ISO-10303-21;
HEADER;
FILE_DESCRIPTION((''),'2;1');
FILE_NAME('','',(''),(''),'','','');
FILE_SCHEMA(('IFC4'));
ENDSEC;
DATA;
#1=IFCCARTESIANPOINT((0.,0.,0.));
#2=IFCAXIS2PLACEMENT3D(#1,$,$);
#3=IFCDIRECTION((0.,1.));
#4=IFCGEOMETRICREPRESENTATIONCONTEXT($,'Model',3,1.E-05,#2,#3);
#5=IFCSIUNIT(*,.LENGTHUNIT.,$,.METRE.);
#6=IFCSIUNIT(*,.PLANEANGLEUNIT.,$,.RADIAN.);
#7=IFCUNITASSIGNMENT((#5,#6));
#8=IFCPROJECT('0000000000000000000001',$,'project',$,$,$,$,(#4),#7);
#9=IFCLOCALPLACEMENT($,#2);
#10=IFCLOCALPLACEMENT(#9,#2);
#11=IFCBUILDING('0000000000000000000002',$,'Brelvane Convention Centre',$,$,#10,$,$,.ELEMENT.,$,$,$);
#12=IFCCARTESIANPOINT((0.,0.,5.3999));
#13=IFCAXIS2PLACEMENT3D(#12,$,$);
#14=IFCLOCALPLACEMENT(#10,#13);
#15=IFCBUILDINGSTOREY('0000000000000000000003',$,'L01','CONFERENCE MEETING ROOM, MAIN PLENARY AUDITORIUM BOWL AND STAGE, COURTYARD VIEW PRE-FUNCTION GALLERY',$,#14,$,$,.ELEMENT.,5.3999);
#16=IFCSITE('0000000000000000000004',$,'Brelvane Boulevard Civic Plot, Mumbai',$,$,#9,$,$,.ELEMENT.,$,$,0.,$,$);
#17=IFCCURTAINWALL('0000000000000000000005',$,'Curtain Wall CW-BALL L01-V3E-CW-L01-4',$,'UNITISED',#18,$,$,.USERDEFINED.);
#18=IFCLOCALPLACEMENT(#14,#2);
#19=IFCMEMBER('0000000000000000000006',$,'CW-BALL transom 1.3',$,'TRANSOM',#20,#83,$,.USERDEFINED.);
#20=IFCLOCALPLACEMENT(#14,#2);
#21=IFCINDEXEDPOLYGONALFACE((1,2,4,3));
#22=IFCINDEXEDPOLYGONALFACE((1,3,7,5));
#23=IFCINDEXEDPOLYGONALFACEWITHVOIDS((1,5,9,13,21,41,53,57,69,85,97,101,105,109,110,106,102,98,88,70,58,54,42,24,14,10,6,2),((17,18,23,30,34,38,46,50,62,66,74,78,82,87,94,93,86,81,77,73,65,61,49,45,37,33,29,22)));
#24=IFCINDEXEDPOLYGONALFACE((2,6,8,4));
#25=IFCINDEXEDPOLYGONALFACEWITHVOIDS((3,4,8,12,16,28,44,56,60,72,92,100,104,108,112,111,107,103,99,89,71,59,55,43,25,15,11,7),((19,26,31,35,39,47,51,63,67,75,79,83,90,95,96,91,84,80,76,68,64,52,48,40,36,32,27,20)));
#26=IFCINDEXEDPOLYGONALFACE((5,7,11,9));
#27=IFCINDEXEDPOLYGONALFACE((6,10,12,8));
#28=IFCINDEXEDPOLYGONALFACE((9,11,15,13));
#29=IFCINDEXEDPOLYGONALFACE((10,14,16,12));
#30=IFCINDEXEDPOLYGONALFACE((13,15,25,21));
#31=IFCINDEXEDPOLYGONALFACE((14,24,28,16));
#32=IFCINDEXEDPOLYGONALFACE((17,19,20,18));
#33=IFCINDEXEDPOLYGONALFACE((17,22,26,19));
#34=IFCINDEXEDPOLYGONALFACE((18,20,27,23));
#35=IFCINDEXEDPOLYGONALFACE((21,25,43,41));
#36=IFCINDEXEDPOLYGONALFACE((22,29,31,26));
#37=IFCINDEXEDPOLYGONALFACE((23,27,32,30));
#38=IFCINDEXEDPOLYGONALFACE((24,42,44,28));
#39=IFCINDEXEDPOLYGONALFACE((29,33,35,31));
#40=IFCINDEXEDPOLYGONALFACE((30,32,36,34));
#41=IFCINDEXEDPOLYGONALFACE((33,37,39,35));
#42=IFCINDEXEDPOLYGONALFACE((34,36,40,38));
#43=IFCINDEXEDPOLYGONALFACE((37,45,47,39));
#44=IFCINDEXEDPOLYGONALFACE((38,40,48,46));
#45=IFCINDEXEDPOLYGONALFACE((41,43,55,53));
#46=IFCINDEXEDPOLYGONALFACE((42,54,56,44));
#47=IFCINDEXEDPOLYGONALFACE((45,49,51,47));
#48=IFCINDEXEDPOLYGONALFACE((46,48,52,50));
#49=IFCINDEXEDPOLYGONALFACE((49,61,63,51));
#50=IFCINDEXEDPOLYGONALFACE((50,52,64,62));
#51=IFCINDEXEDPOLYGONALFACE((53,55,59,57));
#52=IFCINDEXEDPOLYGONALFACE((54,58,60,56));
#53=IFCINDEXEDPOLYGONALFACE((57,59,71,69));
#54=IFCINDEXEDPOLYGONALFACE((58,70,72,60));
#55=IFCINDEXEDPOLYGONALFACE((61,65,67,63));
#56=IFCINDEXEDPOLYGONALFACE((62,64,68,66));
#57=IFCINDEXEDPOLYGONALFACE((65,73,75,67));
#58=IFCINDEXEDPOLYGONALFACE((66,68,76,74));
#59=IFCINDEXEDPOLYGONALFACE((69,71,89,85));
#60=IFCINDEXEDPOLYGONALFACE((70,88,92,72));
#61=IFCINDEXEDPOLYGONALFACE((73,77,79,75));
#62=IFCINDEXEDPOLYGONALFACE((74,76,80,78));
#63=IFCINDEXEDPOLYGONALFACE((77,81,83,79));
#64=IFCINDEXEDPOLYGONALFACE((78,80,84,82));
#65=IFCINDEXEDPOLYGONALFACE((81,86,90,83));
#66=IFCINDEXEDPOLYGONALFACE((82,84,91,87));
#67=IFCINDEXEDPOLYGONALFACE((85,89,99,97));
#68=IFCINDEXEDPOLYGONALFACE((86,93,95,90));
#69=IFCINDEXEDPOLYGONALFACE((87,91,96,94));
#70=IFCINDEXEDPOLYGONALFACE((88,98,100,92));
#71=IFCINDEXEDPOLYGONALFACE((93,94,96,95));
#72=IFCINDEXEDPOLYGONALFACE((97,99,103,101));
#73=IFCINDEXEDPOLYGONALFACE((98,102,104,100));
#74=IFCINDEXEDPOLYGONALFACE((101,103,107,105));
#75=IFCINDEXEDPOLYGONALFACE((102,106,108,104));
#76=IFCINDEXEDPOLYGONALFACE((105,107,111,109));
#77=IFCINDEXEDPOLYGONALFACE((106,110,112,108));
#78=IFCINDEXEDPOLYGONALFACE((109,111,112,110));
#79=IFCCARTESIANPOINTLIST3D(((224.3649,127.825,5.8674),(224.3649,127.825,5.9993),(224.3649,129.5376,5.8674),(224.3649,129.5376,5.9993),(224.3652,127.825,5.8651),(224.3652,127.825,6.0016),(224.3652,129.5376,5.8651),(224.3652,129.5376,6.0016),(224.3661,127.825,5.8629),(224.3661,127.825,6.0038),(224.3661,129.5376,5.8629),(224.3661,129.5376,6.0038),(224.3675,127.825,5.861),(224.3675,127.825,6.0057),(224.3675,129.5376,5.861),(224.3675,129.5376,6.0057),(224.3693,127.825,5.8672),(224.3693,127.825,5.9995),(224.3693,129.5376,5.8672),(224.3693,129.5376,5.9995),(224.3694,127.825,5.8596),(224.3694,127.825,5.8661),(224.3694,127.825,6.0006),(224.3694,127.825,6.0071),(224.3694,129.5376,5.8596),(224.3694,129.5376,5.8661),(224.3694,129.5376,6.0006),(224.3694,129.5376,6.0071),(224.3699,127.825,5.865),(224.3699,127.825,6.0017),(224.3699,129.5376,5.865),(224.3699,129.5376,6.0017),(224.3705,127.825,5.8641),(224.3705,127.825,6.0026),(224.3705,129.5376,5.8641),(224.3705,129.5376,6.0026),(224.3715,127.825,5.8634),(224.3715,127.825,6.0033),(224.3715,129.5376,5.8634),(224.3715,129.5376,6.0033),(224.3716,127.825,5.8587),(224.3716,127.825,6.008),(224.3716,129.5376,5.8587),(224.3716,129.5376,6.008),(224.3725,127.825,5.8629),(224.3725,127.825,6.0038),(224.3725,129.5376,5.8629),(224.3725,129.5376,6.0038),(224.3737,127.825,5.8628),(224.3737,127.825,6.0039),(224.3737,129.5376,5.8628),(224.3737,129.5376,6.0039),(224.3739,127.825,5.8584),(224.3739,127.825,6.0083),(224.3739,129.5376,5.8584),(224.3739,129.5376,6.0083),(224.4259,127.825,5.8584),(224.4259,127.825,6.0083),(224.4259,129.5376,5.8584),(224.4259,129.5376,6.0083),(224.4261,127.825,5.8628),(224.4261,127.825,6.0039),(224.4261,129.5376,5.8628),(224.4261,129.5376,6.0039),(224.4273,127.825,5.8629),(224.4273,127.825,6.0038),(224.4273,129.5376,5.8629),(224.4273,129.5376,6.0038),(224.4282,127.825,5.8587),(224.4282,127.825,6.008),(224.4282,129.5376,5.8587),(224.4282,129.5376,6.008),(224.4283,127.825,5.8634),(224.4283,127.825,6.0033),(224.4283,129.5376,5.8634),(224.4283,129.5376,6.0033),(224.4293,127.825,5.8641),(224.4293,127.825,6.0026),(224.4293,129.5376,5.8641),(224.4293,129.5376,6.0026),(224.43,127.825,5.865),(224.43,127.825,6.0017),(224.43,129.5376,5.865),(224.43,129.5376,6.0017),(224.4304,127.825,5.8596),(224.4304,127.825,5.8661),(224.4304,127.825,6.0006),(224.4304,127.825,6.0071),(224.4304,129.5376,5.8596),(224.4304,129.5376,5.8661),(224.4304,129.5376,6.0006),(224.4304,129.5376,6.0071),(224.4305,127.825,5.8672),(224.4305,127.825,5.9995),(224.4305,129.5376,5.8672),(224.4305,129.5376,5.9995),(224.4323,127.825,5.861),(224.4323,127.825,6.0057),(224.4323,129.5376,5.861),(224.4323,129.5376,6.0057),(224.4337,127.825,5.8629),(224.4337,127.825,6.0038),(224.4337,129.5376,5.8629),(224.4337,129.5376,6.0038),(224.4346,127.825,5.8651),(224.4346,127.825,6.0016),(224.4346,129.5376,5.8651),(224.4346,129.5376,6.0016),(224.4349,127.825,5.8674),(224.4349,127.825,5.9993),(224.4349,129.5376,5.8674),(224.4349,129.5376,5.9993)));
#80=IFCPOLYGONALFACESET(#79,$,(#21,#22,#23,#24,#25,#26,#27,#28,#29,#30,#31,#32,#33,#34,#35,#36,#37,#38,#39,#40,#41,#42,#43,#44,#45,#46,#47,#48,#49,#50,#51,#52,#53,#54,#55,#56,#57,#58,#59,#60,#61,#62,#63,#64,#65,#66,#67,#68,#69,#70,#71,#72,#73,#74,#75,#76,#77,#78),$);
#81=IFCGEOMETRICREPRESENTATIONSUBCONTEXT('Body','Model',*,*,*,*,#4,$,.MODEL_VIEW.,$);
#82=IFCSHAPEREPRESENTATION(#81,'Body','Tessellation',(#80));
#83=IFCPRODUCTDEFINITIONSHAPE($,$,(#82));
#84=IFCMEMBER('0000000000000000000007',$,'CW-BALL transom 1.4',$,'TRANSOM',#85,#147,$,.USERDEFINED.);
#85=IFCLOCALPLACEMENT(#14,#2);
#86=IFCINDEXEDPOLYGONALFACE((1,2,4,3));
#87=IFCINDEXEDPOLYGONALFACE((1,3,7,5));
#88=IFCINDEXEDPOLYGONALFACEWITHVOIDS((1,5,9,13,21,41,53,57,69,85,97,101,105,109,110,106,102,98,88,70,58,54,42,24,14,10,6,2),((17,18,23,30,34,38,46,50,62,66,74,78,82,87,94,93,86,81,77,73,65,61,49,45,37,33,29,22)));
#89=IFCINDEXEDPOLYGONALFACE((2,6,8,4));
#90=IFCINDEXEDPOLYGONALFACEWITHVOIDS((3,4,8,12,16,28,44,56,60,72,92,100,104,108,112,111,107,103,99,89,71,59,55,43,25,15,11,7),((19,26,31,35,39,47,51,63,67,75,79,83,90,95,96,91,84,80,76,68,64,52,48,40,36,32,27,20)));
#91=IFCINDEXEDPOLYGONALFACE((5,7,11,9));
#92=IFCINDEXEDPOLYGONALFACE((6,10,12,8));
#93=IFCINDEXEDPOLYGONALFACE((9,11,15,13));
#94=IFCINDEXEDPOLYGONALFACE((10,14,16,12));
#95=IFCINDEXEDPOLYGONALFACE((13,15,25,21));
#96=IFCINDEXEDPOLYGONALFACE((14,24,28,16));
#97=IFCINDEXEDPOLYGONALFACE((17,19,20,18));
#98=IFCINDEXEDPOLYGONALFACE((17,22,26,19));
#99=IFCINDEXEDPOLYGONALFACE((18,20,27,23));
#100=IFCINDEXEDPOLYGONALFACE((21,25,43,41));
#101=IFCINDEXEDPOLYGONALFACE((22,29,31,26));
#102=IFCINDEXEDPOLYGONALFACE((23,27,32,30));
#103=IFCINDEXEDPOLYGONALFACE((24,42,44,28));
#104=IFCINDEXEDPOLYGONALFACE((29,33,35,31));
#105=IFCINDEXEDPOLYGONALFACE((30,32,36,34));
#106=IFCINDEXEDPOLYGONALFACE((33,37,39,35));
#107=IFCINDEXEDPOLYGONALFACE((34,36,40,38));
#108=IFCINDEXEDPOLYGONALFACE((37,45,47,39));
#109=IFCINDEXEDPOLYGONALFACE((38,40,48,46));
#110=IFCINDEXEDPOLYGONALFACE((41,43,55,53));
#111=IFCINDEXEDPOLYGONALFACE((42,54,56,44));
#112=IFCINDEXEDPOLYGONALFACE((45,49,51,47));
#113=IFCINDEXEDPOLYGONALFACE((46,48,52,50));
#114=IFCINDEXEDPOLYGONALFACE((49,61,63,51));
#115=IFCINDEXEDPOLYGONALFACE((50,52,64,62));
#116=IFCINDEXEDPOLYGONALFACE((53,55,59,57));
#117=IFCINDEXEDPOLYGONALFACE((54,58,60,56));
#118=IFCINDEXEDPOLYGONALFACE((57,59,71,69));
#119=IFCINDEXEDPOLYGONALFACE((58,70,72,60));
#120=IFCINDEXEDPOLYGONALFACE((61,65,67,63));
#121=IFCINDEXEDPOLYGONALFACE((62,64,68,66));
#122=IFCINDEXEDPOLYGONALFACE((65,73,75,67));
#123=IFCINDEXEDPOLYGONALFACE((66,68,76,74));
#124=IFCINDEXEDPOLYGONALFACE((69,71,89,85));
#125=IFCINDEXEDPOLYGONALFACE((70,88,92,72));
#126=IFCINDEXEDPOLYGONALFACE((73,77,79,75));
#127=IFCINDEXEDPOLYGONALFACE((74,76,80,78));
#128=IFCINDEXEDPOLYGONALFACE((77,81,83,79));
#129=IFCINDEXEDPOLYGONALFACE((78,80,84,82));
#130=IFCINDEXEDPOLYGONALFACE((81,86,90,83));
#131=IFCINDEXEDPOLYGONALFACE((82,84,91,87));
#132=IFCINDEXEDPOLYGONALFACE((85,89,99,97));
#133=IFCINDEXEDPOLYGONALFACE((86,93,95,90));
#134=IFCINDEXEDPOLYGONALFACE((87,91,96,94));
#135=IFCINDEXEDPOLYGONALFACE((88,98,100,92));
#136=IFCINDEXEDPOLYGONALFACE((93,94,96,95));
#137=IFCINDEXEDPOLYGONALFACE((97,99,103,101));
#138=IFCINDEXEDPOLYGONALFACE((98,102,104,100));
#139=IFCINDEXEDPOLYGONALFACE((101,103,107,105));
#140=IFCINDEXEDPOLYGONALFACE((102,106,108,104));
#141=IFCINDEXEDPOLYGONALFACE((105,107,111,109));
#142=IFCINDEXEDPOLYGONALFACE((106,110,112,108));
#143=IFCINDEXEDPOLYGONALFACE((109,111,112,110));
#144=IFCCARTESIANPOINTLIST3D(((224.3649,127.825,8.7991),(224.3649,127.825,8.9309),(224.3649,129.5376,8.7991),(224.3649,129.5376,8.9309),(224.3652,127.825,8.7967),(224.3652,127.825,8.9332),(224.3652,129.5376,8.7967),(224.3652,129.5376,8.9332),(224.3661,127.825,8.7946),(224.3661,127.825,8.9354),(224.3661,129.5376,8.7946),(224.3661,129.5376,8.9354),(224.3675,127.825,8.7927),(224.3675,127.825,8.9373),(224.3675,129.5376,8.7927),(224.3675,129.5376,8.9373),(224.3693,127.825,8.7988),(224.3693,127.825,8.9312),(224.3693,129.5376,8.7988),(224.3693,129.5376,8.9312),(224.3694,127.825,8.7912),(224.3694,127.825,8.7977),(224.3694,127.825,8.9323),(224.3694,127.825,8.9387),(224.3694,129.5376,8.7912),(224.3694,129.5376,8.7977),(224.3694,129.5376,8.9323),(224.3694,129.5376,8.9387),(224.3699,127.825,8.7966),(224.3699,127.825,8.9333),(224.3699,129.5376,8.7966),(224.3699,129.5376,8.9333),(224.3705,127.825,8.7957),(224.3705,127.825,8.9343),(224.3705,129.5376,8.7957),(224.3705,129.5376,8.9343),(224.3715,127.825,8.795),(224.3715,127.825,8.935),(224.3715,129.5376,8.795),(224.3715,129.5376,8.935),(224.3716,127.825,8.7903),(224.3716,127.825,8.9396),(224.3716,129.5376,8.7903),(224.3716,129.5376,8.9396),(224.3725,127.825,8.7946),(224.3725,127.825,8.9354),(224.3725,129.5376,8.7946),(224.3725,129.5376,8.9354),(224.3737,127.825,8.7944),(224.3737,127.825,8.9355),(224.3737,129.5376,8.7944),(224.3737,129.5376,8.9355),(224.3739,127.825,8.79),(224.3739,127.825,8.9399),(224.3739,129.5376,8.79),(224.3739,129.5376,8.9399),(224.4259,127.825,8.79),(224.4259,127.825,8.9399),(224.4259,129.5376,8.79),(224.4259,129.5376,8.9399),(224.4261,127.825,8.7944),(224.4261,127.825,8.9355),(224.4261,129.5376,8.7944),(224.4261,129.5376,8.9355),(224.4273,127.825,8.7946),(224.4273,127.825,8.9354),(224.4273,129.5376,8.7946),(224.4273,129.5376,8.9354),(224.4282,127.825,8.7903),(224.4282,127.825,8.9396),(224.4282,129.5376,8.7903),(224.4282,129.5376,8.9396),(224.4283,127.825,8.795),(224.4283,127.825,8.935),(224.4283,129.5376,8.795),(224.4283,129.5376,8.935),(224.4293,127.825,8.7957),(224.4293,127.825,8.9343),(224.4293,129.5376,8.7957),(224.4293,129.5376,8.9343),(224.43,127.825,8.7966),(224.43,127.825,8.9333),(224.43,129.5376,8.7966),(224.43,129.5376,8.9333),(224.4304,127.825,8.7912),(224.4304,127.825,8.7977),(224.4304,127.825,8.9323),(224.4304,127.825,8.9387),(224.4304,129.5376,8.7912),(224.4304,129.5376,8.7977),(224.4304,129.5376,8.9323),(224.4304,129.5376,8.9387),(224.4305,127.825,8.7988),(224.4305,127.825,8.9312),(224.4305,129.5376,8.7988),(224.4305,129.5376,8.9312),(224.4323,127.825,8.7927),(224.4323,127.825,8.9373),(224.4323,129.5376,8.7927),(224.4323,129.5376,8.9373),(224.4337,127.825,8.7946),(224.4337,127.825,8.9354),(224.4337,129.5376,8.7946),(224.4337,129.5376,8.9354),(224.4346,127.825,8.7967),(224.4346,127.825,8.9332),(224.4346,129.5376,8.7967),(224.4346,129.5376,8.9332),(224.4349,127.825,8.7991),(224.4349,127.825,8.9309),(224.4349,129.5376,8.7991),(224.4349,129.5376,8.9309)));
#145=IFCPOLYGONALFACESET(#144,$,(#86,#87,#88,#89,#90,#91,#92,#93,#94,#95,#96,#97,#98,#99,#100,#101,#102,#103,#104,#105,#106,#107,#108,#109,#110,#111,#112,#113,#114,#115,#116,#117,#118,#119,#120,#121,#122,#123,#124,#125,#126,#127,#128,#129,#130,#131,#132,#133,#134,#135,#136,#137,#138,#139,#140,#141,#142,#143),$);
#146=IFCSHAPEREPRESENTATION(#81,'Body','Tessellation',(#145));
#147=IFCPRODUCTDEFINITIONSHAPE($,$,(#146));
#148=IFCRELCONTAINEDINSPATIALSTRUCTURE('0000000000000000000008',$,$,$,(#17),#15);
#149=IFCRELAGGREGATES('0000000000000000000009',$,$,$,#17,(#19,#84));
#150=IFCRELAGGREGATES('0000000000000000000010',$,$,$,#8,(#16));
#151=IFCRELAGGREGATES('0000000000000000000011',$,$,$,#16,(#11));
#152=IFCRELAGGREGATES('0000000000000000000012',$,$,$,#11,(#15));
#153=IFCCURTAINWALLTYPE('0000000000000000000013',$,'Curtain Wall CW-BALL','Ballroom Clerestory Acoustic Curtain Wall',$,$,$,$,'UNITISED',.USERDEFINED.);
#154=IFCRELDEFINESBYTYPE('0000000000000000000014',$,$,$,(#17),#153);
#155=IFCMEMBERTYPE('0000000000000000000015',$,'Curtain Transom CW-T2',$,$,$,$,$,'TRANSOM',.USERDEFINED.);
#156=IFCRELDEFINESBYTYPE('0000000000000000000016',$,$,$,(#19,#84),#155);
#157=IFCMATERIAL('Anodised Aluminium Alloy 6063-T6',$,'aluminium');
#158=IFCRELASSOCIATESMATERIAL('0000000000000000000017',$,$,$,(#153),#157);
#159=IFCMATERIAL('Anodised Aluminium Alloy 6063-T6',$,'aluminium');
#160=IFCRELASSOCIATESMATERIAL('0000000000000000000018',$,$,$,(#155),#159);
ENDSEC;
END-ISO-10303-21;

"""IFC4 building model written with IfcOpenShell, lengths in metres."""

from ifc_helpers import new_model, si_unit, direction, frame, origin, origin_2d, place, context, subcontext, project, spatial, hollow_rectangle, extrude, material, material_profile, profile_set, type_object, element, aggregate, save


model = new_model("IFC4")

# Units and contexts
model_context = context("Model", 3, precision=1e-05, world=origin(), true_north=direction((0.0, 1.0)))
body_context = subcontext(model_context, "Body", "Model", "MODEL_VIEW")
ifc_project = project(units=[si_unit("LENGTHUNIT", "METRE"), si_unit("PLANEANGLEUNIT", "RADIAN")], contexts=[model_context])

# Site, building, storey
site_placement = place(None, origin())
site = spatial("IfcSite", under=ifc_project, at=site_placement, Name="Brelvane Boulevard Civic Plot, Mumbai", CompositionType="ELEMENT", RefElevation=0.0)
building_placement = place(site_placement, origin())
building = spatial("IfcBuilding", under=site, at=building_placement, Name="Brelvane Convention Centre", CompositionType="ELEMENT")
storey_placement = place(building_placement, frame((0.0, 0.0, 5.3999)))
storey = spatial("IfcBuildingStorey", under=building, at=storey_placement, Name="L01", Description="CONFERENCE MEETING ROOM, MAIN PLENARY AUDITORIUM BOWL AND STAGE, COURTYARD VIEW PRE-FUNCTION GALLERY", CompositionType="ELEMENT", Elevation=5.3999)

# Shared definitions
ifc_material_1 = material(Name="Anodised Aluminium Alloy 6063-T6", Category="aluminium")
curtain_wall_type = type_object("IfcCurtainWallType", Name="Curtain Wall CW-BALL", Description="Ballroom Clerestory Acoustic Curtain Wall", ElementType="UNITISED", PredefinedType="USERDEFINED", material=ifc_material_1)

# Curtain wall
curtain_wall_1_placement = place(storey_placement, origin())
curtain_wall_1 = element("IfcCurtainWall", 1, at=curtain_wall_1_placement, inside=storey, type_object=curtain_wall_type, Name="Curtain Wall CW-BALL L01-V3E-CW-L01-4", ObjectType="UNITISED", PredefinedType="USERDEFINED")

# Members
ifc_material_2 = material(Name="Anodised Aluminium Alloy 6063-T6", Category="aluminium")
ifc_material_profile_1 = material_profile(ifc_material_2, hollow_rectangle(XDim=0.0701, YDim=0.1499, WallThickness=0.0044, InnerFilletRadius=0.0044, OuterFilletRadius=0.009, at=origin_2d()), Name="ALU-T 150x70x4.5")
ifc_profile_set_1 = profile_set([ifc_material_profile_1], Name="Anodised Aluminium Alloy 6063-T6")
member_type_1 = type_object("IfcMemberType", Name="Curtain Transom CW-T2", ElementType="TRANSOM", PredefinedType="USERDEFINED", material=ifc_profile_set_1)
member_1_placement = place(storey_placement, frame((224.3999, 127.825, 5.9333), z_axis=(0.0, 1.0, 0.0), x_axis=(-1.0, 0.0, 0.0)))
member_1 = element("IfcMember", 2, at=member_1_placement, type_object=member_type_1, Name="CW-BALL transom 1.3", ObjectType="TRANSOM", PredefinedType="USERDEFINED", context=body_context, shape_type="SweptSolid", body=[
    extrude(hollow_rectangle(XDim=0.0701, YDim=0.1499, WallThickness=0.0044, InnerFilletRadius=0.0044, OuterFilletRadius=0.009, at=origin_2d()), origin(), (0.0, 0.0, 1.0), 1.7126),
])
member_2_placement = place(storey_placement, frame((224.3999, 127.825, 8.865), z_axis=(0.0, 1.0, 0.0), x_axis=(-1.0, 0.0, 0.0)))
member_2 = element("IfcMember", 3, at=member_2_placement, type_object=member_type_1, Name="CW-BALL transom 1.4", ObjectType="TRANSOM", PredefinedType="USERDEFINED", context=body_context, shape_type="SweptSolid", body=[
    extrude(hollow_rectangle(XDim=0.0701, YDim=0.1499, WallThickness=0.0044, InnerFilletRadius=0.0044, OuterFilletRadius=0.009, at=origin_2d()), origin(), (0.0, 0.0, 1.0), 1.7126),
])

aggregate(curtain_wall_1, [member_1, member_2])

save(model, "model.ifc")
